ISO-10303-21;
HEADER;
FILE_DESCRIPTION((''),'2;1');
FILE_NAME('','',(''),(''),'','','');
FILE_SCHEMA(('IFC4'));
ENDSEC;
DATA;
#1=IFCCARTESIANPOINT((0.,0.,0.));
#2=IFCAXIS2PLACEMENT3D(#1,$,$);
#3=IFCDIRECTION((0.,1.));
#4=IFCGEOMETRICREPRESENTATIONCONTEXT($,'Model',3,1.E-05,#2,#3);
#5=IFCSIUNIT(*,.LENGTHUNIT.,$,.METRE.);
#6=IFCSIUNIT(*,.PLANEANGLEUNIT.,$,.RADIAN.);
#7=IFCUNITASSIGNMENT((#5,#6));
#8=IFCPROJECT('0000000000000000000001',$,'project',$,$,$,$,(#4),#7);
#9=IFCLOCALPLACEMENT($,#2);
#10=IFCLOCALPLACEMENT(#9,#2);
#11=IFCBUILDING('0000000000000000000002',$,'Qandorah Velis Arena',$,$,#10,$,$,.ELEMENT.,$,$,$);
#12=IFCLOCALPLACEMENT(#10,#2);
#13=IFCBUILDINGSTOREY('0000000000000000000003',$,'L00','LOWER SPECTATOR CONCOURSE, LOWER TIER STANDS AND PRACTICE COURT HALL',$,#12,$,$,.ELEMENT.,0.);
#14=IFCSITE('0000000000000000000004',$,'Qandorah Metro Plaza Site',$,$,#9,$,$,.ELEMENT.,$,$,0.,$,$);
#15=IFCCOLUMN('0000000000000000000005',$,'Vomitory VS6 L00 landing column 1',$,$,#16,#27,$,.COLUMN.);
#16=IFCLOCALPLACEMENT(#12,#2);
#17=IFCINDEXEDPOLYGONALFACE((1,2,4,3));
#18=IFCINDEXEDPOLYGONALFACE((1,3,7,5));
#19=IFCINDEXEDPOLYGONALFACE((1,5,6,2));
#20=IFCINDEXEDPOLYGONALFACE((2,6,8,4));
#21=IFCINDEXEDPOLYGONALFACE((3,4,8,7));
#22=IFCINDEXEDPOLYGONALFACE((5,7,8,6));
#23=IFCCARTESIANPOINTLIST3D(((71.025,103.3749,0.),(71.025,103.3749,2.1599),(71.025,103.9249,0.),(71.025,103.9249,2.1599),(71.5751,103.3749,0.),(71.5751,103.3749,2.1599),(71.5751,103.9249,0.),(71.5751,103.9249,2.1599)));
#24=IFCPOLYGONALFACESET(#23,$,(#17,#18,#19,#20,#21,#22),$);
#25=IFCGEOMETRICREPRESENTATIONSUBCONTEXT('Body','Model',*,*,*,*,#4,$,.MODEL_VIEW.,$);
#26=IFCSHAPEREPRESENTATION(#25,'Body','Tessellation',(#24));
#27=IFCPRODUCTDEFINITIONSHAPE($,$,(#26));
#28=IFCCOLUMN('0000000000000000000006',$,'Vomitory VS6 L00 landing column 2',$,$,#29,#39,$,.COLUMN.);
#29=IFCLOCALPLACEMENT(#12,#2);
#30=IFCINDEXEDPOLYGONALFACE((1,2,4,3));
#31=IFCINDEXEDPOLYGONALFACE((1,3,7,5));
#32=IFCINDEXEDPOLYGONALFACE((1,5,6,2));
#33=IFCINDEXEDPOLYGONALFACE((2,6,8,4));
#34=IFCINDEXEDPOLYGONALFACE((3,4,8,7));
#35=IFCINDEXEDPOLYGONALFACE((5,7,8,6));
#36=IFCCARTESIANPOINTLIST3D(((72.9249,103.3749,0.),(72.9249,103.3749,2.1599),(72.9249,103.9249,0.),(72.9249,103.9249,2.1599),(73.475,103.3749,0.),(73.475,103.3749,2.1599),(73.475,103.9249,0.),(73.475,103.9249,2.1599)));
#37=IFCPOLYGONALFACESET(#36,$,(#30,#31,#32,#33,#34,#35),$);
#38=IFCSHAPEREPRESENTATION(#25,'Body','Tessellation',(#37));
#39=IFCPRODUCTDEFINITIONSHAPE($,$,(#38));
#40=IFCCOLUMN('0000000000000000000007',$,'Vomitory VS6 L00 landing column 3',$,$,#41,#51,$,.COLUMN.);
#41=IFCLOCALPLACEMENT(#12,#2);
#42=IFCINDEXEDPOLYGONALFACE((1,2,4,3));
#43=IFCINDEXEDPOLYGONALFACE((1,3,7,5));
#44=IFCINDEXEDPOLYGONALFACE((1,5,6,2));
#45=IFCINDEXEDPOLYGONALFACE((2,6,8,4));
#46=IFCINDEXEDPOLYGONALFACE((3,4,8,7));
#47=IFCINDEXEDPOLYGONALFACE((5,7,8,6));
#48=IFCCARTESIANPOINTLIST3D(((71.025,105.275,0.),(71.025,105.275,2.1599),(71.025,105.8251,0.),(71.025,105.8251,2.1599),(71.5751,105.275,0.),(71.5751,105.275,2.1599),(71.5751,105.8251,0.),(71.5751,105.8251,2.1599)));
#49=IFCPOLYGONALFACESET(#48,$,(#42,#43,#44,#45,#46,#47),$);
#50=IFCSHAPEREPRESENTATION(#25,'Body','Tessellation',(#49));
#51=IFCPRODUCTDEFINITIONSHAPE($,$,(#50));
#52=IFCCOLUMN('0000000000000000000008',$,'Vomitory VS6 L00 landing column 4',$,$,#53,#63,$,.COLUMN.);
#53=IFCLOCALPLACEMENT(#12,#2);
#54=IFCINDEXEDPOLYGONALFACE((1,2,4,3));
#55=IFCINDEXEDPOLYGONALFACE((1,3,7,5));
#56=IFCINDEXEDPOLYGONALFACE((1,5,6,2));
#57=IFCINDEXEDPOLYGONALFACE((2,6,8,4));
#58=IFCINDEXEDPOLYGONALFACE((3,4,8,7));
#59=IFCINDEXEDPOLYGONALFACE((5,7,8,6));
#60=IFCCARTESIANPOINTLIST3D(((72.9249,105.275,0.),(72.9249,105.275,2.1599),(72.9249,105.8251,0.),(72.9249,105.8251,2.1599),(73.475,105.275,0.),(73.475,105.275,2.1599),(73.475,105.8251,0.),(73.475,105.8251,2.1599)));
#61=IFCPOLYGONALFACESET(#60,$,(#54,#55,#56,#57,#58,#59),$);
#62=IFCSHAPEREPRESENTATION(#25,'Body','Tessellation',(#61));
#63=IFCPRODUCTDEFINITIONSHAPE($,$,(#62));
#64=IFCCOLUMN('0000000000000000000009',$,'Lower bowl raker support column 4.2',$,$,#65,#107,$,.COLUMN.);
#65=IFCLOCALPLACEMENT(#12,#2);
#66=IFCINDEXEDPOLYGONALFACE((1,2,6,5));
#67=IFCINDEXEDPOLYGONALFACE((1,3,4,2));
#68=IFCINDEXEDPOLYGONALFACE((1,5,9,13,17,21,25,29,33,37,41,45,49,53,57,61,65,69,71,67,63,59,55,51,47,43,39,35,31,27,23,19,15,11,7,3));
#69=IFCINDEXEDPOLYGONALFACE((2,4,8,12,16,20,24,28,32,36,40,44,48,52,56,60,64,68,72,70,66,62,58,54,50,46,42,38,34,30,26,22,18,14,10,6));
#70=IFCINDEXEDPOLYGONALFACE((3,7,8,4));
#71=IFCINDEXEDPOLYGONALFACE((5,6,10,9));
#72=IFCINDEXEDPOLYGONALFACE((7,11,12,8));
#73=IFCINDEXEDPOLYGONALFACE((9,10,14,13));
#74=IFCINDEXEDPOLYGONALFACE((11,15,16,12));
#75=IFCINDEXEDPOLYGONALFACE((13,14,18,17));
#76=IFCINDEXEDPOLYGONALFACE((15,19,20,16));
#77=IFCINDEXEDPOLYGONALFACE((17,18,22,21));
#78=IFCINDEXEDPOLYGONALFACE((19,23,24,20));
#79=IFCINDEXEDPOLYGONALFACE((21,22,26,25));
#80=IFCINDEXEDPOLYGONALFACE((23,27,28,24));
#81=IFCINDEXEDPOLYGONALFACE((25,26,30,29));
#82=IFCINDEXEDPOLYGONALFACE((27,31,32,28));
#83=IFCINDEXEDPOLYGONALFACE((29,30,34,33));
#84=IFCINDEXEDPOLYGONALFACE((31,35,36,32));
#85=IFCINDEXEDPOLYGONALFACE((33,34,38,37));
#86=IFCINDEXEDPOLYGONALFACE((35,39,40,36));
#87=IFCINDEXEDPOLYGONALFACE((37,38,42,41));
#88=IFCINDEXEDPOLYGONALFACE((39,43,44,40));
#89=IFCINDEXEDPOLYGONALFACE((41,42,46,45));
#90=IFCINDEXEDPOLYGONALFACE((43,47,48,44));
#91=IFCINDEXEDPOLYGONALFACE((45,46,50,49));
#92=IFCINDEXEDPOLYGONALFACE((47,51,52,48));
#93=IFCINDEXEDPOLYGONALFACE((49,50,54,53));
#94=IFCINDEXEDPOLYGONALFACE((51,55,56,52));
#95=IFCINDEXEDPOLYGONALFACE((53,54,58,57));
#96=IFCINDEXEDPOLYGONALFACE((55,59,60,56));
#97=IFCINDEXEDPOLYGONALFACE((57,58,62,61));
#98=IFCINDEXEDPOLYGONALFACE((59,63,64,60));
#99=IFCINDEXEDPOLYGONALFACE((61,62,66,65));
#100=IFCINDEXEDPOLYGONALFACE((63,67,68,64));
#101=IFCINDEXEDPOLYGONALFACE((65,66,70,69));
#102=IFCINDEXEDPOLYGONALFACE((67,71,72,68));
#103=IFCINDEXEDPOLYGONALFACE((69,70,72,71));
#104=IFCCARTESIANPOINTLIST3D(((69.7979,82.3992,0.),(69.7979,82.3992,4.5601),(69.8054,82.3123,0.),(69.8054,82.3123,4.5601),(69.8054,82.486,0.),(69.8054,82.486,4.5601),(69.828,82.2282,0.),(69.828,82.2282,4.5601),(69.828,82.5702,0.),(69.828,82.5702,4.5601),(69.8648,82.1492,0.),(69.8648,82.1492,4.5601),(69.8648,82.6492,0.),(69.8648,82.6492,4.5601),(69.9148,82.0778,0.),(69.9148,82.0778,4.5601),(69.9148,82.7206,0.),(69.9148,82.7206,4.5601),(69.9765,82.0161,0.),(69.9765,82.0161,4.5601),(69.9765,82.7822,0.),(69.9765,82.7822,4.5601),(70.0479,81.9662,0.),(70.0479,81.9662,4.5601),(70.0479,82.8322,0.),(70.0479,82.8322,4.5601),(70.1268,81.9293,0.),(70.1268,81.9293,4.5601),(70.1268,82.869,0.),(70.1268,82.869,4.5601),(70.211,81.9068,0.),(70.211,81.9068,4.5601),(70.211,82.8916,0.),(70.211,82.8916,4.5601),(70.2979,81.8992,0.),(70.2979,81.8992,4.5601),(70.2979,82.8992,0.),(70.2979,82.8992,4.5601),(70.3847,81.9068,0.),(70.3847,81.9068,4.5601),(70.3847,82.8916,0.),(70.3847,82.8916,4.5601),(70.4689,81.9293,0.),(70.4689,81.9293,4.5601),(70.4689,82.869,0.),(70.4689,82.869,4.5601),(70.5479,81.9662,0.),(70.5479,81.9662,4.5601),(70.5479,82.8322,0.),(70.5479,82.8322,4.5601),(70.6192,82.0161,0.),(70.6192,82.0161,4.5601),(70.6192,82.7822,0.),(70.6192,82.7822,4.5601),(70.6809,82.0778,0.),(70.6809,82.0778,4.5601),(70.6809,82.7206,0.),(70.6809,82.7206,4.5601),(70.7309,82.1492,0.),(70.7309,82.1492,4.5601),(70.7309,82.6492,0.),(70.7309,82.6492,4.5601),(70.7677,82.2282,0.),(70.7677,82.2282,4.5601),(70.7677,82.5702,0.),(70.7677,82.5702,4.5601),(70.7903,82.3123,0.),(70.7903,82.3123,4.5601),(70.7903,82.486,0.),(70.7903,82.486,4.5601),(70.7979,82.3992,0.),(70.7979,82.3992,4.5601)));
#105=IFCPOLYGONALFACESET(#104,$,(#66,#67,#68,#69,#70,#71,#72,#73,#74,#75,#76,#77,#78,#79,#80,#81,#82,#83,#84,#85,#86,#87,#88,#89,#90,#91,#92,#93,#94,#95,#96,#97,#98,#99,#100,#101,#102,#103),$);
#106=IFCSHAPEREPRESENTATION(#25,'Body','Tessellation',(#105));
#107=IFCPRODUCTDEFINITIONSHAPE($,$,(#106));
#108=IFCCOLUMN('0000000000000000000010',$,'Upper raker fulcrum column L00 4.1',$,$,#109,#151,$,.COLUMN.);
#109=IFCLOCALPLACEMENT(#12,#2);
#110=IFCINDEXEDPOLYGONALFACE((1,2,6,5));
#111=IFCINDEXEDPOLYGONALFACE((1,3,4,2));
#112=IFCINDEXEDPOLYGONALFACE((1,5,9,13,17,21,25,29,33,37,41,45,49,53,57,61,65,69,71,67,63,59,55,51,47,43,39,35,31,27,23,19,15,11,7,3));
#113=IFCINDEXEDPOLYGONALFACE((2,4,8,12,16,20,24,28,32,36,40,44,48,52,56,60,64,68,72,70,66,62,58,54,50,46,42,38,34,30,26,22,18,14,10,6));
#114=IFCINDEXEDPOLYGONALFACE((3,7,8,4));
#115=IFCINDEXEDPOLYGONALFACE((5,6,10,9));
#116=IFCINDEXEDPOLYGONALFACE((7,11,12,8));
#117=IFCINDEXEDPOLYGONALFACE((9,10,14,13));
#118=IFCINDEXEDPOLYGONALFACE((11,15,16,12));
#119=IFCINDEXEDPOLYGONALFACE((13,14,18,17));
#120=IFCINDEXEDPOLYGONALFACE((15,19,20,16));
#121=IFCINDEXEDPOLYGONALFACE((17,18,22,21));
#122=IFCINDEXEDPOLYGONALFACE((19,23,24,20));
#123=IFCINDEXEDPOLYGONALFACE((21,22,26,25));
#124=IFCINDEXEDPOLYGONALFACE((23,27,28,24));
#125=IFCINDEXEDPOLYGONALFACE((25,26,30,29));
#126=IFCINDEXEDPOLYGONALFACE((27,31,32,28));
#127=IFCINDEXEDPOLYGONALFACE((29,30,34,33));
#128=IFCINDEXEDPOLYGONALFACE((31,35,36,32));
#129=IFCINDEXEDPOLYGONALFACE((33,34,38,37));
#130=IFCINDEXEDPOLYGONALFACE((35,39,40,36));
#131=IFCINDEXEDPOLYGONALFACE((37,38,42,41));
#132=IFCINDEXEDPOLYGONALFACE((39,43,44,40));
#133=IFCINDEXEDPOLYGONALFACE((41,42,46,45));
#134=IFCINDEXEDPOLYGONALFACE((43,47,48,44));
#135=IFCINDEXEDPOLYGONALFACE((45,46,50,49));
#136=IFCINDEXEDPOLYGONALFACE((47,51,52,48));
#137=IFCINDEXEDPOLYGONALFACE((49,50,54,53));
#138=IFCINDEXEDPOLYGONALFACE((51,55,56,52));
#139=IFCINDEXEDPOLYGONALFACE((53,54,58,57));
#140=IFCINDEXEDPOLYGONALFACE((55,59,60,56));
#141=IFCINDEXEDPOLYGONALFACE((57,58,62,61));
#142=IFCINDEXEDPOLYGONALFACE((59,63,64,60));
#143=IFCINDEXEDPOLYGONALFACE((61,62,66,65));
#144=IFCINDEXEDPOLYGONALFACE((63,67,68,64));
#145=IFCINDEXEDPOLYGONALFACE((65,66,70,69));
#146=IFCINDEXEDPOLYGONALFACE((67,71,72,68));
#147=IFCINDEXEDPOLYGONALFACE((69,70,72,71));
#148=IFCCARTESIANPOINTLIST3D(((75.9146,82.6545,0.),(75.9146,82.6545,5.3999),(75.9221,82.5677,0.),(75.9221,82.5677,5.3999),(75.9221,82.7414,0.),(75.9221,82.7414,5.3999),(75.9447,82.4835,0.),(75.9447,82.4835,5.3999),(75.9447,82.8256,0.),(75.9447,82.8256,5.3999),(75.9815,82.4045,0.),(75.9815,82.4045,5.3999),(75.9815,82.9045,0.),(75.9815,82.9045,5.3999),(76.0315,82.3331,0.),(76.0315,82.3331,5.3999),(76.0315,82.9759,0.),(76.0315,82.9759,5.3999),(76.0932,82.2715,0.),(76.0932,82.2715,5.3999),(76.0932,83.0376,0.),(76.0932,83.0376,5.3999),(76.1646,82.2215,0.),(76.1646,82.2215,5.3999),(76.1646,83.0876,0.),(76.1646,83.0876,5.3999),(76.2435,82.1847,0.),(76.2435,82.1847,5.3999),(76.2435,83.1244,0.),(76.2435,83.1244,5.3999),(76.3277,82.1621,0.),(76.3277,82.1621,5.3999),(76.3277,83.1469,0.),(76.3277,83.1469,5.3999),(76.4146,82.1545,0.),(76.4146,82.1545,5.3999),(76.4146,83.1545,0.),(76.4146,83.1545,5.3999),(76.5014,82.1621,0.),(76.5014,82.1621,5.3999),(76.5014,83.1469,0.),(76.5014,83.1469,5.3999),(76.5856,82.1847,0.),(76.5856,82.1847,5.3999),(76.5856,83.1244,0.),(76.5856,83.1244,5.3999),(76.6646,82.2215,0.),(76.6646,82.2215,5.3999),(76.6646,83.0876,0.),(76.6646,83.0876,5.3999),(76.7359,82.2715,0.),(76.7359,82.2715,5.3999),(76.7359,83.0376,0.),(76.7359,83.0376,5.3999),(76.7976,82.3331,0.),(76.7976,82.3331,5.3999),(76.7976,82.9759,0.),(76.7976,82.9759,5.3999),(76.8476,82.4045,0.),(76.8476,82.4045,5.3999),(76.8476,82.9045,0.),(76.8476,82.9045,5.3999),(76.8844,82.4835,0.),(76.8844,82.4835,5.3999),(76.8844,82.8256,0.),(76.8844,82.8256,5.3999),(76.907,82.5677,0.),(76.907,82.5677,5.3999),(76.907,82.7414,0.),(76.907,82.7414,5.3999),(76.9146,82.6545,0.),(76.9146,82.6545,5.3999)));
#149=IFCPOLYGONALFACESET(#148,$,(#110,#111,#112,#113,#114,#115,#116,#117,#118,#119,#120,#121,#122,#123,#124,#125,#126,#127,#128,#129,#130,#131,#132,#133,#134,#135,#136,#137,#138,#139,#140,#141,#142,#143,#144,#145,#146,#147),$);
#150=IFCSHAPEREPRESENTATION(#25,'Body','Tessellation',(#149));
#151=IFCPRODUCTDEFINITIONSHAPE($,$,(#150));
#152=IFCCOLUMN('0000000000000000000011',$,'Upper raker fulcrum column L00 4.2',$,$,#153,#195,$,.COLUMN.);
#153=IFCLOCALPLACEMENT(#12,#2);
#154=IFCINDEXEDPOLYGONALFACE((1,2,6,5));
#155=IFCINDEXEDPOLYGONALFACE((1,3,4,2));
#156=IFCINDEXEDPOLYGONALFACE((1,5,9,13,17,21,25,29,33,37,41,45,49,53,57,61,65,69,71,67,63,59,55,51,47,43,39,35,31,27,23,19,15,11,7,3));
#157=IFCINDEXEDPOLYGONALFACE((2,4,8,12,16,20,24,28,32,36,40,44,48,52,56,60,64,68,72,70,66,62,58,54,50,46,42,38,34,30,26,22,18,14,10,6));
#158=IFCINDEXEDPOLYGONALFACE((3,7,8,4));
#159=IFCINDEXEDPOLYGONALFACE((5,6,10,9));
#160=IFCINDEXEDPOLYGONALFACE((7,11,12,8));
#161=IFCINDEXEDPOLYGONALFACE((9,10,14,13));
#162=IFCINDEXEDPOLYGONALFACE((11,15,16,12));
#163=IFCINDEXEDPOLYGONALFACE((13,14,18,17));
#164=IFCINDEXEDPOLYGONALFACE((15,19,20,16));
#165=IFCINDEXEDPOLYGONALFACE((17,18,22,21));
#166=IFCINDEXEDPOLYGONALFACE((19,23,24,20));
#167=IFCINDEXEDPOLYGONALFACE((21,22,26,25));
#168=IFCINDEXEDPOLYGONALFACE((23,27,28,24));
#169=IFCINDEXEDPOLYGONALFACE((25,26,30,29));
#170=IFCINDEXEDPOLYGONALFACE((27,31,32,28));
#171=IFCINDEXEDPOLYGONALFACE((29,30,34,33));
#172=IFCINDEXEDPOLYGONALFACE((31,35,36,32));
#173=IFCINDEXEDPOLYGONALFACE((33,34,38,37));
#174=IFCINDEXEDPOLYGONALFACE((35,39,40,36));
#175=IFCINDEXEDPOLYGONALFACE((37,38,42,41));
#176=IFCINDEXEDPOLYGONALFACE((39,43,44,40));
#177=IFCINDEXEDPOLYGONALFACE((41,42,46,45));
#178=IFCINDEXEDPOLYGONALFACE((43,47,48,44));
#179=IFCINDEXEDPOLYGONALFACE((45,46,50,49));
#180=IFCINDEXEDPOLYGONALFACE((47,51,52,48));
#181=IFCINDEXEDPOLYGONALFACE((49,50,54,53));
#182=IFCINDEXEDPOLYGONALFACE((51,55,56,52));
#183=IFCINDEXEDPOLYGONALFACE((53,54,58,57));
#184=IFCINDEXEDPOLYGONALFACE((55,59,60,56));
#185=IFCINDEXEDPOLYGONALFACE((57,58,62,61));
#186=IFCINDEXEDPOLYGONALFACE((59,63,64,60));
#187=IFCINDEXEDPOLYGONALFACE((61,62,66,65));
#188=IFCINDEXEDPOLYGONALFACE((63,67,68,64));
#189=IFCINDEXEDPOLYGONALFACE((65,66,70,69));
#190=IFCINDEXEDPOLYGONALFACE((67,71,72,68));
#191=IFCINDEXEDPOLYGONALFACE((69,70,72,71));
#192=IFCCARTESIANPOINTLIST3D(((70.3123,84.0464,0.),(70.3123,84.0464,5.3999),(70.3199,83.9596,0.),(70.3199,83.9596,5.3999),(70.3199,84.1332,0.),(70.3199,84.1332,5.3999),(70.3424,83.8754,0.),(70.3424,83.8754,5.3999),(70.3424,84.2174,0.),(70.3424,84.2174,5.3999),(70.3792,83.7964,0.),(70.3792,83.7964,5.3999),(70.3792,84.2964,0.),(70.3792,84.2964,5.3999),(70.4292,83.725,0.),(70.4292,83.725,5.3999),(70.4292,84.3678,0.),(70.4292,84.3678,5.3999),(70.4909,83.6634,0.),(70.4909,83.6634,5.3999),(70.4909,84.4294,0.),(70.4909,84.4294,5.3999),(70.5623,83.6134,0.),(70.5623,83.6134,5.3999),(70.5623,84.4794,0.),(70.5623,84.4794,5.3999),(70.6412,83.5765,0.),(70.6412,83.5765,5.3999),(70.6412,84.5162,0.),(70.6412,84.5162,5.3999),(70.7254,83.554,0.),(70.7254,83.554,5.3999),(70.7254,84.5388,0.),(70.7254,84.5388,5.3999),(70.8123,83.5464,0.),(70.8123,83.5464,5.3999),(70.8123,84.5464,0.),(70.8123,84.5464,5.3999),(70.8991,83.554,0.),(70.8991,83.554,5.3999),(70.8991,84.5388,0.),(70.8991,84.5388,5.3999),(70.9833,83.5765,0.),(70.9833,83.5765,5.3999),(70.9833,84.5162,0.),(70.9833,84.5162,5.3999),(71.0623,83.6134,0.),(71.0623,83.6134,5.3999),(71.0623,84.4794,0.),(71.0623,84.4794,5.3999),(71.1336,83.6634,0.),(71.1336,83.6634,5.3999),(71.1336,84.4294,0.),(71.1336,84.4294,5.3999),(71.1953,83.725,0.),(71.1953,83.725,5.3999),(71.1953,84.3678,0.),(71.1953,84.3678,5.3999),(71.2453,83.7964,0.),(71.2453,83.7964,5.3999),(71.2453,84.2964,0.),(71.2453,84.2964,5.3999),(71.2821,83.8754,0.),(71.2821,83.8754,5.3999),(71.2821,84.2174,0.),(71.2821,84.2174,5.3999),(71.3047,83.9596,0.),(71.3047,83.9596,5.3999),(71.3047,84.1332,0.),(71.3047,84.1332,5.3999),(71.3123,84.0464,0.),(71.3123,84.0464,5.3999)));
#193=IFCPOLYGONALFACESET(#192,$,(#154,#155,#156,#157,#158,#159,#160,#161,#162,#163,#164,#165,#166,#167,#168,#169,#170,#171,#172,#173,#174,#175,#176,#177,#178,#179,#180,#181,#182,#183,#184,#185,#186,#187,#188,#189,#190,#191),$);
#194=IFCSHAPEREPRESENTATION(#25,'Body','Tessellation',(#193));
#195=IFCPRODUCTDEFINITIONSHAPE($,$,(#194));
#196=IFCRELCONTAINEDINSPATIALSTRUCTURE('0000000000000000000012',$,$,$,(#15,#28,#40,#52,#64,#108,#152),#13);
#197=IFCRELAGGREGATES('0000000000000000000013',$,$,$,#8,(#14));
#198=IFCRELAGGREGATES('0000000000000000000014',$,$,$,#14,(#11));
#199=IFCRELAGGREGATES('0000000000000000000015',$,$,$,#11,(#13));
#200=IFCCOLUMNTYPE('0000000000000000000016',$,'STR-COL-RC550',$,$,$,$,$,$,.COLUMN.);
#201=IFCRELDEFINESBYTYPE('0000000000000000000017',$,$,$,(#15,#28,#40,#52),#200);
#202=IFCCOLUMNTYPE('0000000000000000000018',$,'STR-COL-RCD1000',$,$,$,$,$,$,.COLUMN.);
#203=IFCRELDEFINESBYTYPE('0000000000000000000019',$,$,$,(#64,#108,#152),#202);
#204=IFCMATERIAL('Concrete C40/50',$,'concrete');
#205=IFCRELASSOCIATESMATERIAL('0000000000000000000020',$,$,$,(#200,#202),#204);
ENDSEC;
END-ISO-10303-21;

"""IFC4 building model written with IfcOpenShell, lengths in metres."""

from ifc_helpers import new_model, si_unit, direction, frame, origin, origin_2d, place, context, subcontext, project, spatial, rectangle, circle, extrude, material, material_profile, profile_set, type_object, element, save


model = new_model("IFC4")

# Units and contexts
model_context = context("Model", 3, precision=1e-05, world=origin(), true_north=direction((0.0, 1.0)))
body_context = subcontext(model_context, "Body", "Model", "MODEL_VIEW")
ifc_project = project(units=[si_unit("LENGTHUNIT", "METRE"), si_unit("PLANEANGLEUNIT", "RADIAN")], contexts=[model_context])

# Site, building, storey
site_placement = place(None, origin())
site = spatial("IfcSite", under=ifc_project, at=site_placement, Name="Qandorah Metro Plaza Site", CompositionType="ELEMENT", RefElevation=0.0)
building_placement = place(site_placement, origin())
building = spatial("IfcBuilding", under=site, at=building_placement, Name="Qandorah Velis Arena", CompositionType="ELEMENT")
storey_placement = place(building_placement, origin())
storey = spatial("IfcBuildingStorey", under=building, at=storey_placement, Name="L00", Description="LOWER SPECTATOR CONCOURSE, LOWER TIER STANDS AND PRACTICE COURT HALL", CompositionType="ELEMENT", Elevation=0.0)

# Columns
ifc_material_1 = material(Name="Concrete C40/50", Category="concrete")
ifc_material_profile_1 = material_profile(ifc_material_1, rectangle(XDim=0.55, YDim=0.55, at=origin_2d()), Name="RC COL 550x550")
ifc_profile_set_1 = profile_set([ifc_material_profile_1], Name="Concrete C40/50")
column_type_1 = type_object("IfcColumnType", Name="STR-COL-RC550", PredefinedType="COLUMN", material=ifc_profile_set_1)
for number, where, z_axis, x_axis, name in (
    (1, (71.3, 103.6499, 0.0), (0.0, 0.0, 1.0), (1.0, 0.0, 0.0), "Vomitory VS6 L00 landing column 1"),
    (2, (73.2, 103.6499, 0.0), (0.0, 0.0, 1.0), (1.0, 0.0, 0.0), "Vomitory VS6 L00 landing column 2"),
    (3, (71.3, 105.55, 0.0), (0.0, 0.0, 1.0), (1.0, 0.0, 0.0), "Vomitory VS6 L00 landing column 3"),
    (4, (73.2, 105.55, 0.0), (0.0, 0.0, 1.0), (1.0, 0.0, 0.0), "Vomitory VS6 L00 landing column 4"),
):
    element("IfcColumn", number, at=place(storey_placement, frame(where, z_axis=z_axis, x_axis=x_axis)), inside=storey, type_object=column_type_1, Name=name, PredefinedType="COLUMN", context=body_context, shape_type="SweptSolid", body=[
        extrude(rectangle(XDim=0.55, YDim=0.55, at=origin_2d()), origin(), (0.0, 0.0, 1.0), 2.1599),
    ])
ifc_material_profile_2 = material_profile(ifc_material_1, circle(Radius=0.5, at=origin_2d()), Name="RC D1000")
ifc_profile_set_2 = profile_set([ifc_material_profile_2], Name="Concrete C40/50")
column_type_2 = type_object("IfcColumnType", Name="STR-COL-RCD1000", PredefinedType="COLUMN", material=ifc_profile_set_2)
column_placement = place(storey_placement, frame((70.2979, 82.3992, 0.0), z_axis=(0.0, 0.0, 1.0), x_axis=(1.0, 0.0, 0.0)))
element("IfcColumn", 5, at=column_placement, inside=storey, type_object=column_type_2, Name="Lower bowl raker support column 4.2", PredefinedType="COLUMN", context=body_context, shape_type="SweptSolid", body=[
    extrude(circle(Radius=0.5, at=origin_2d()), origin(), (0.0, 0.0, 1.0), 4.5601),
])
for number, where, z_axis, x_axis, name in (
    (6, (76.4146, 82.6545, 0.0), (0.0, 0.0, 1.0), (1.0, 0.0, 0.0), "Upper raker fulcrum column L00 4.1"),
    (7, (70.8123, 84.0464, 0.0), (0.0, 0.0, 1.0), (1.0, 0.0, 0.0), "Upper raker fulcrum column L00 4.2"),
):
    element("IfcColumn", number, at=place(storey_placement, frame(where, z_axis=z_axis, x_axis=x_axis)), inside=storey, type_object=column_type_2, Name=name, PredefinedType="COLUMN", context=body_context, shape_type="SweptSolid", body=[
        extrude(circle(Radius=0.5, at=origin_2d()), origin(), (0.0, 0.0, 1.0), 5.3999),
    ])

save(model, "model.ifc")
